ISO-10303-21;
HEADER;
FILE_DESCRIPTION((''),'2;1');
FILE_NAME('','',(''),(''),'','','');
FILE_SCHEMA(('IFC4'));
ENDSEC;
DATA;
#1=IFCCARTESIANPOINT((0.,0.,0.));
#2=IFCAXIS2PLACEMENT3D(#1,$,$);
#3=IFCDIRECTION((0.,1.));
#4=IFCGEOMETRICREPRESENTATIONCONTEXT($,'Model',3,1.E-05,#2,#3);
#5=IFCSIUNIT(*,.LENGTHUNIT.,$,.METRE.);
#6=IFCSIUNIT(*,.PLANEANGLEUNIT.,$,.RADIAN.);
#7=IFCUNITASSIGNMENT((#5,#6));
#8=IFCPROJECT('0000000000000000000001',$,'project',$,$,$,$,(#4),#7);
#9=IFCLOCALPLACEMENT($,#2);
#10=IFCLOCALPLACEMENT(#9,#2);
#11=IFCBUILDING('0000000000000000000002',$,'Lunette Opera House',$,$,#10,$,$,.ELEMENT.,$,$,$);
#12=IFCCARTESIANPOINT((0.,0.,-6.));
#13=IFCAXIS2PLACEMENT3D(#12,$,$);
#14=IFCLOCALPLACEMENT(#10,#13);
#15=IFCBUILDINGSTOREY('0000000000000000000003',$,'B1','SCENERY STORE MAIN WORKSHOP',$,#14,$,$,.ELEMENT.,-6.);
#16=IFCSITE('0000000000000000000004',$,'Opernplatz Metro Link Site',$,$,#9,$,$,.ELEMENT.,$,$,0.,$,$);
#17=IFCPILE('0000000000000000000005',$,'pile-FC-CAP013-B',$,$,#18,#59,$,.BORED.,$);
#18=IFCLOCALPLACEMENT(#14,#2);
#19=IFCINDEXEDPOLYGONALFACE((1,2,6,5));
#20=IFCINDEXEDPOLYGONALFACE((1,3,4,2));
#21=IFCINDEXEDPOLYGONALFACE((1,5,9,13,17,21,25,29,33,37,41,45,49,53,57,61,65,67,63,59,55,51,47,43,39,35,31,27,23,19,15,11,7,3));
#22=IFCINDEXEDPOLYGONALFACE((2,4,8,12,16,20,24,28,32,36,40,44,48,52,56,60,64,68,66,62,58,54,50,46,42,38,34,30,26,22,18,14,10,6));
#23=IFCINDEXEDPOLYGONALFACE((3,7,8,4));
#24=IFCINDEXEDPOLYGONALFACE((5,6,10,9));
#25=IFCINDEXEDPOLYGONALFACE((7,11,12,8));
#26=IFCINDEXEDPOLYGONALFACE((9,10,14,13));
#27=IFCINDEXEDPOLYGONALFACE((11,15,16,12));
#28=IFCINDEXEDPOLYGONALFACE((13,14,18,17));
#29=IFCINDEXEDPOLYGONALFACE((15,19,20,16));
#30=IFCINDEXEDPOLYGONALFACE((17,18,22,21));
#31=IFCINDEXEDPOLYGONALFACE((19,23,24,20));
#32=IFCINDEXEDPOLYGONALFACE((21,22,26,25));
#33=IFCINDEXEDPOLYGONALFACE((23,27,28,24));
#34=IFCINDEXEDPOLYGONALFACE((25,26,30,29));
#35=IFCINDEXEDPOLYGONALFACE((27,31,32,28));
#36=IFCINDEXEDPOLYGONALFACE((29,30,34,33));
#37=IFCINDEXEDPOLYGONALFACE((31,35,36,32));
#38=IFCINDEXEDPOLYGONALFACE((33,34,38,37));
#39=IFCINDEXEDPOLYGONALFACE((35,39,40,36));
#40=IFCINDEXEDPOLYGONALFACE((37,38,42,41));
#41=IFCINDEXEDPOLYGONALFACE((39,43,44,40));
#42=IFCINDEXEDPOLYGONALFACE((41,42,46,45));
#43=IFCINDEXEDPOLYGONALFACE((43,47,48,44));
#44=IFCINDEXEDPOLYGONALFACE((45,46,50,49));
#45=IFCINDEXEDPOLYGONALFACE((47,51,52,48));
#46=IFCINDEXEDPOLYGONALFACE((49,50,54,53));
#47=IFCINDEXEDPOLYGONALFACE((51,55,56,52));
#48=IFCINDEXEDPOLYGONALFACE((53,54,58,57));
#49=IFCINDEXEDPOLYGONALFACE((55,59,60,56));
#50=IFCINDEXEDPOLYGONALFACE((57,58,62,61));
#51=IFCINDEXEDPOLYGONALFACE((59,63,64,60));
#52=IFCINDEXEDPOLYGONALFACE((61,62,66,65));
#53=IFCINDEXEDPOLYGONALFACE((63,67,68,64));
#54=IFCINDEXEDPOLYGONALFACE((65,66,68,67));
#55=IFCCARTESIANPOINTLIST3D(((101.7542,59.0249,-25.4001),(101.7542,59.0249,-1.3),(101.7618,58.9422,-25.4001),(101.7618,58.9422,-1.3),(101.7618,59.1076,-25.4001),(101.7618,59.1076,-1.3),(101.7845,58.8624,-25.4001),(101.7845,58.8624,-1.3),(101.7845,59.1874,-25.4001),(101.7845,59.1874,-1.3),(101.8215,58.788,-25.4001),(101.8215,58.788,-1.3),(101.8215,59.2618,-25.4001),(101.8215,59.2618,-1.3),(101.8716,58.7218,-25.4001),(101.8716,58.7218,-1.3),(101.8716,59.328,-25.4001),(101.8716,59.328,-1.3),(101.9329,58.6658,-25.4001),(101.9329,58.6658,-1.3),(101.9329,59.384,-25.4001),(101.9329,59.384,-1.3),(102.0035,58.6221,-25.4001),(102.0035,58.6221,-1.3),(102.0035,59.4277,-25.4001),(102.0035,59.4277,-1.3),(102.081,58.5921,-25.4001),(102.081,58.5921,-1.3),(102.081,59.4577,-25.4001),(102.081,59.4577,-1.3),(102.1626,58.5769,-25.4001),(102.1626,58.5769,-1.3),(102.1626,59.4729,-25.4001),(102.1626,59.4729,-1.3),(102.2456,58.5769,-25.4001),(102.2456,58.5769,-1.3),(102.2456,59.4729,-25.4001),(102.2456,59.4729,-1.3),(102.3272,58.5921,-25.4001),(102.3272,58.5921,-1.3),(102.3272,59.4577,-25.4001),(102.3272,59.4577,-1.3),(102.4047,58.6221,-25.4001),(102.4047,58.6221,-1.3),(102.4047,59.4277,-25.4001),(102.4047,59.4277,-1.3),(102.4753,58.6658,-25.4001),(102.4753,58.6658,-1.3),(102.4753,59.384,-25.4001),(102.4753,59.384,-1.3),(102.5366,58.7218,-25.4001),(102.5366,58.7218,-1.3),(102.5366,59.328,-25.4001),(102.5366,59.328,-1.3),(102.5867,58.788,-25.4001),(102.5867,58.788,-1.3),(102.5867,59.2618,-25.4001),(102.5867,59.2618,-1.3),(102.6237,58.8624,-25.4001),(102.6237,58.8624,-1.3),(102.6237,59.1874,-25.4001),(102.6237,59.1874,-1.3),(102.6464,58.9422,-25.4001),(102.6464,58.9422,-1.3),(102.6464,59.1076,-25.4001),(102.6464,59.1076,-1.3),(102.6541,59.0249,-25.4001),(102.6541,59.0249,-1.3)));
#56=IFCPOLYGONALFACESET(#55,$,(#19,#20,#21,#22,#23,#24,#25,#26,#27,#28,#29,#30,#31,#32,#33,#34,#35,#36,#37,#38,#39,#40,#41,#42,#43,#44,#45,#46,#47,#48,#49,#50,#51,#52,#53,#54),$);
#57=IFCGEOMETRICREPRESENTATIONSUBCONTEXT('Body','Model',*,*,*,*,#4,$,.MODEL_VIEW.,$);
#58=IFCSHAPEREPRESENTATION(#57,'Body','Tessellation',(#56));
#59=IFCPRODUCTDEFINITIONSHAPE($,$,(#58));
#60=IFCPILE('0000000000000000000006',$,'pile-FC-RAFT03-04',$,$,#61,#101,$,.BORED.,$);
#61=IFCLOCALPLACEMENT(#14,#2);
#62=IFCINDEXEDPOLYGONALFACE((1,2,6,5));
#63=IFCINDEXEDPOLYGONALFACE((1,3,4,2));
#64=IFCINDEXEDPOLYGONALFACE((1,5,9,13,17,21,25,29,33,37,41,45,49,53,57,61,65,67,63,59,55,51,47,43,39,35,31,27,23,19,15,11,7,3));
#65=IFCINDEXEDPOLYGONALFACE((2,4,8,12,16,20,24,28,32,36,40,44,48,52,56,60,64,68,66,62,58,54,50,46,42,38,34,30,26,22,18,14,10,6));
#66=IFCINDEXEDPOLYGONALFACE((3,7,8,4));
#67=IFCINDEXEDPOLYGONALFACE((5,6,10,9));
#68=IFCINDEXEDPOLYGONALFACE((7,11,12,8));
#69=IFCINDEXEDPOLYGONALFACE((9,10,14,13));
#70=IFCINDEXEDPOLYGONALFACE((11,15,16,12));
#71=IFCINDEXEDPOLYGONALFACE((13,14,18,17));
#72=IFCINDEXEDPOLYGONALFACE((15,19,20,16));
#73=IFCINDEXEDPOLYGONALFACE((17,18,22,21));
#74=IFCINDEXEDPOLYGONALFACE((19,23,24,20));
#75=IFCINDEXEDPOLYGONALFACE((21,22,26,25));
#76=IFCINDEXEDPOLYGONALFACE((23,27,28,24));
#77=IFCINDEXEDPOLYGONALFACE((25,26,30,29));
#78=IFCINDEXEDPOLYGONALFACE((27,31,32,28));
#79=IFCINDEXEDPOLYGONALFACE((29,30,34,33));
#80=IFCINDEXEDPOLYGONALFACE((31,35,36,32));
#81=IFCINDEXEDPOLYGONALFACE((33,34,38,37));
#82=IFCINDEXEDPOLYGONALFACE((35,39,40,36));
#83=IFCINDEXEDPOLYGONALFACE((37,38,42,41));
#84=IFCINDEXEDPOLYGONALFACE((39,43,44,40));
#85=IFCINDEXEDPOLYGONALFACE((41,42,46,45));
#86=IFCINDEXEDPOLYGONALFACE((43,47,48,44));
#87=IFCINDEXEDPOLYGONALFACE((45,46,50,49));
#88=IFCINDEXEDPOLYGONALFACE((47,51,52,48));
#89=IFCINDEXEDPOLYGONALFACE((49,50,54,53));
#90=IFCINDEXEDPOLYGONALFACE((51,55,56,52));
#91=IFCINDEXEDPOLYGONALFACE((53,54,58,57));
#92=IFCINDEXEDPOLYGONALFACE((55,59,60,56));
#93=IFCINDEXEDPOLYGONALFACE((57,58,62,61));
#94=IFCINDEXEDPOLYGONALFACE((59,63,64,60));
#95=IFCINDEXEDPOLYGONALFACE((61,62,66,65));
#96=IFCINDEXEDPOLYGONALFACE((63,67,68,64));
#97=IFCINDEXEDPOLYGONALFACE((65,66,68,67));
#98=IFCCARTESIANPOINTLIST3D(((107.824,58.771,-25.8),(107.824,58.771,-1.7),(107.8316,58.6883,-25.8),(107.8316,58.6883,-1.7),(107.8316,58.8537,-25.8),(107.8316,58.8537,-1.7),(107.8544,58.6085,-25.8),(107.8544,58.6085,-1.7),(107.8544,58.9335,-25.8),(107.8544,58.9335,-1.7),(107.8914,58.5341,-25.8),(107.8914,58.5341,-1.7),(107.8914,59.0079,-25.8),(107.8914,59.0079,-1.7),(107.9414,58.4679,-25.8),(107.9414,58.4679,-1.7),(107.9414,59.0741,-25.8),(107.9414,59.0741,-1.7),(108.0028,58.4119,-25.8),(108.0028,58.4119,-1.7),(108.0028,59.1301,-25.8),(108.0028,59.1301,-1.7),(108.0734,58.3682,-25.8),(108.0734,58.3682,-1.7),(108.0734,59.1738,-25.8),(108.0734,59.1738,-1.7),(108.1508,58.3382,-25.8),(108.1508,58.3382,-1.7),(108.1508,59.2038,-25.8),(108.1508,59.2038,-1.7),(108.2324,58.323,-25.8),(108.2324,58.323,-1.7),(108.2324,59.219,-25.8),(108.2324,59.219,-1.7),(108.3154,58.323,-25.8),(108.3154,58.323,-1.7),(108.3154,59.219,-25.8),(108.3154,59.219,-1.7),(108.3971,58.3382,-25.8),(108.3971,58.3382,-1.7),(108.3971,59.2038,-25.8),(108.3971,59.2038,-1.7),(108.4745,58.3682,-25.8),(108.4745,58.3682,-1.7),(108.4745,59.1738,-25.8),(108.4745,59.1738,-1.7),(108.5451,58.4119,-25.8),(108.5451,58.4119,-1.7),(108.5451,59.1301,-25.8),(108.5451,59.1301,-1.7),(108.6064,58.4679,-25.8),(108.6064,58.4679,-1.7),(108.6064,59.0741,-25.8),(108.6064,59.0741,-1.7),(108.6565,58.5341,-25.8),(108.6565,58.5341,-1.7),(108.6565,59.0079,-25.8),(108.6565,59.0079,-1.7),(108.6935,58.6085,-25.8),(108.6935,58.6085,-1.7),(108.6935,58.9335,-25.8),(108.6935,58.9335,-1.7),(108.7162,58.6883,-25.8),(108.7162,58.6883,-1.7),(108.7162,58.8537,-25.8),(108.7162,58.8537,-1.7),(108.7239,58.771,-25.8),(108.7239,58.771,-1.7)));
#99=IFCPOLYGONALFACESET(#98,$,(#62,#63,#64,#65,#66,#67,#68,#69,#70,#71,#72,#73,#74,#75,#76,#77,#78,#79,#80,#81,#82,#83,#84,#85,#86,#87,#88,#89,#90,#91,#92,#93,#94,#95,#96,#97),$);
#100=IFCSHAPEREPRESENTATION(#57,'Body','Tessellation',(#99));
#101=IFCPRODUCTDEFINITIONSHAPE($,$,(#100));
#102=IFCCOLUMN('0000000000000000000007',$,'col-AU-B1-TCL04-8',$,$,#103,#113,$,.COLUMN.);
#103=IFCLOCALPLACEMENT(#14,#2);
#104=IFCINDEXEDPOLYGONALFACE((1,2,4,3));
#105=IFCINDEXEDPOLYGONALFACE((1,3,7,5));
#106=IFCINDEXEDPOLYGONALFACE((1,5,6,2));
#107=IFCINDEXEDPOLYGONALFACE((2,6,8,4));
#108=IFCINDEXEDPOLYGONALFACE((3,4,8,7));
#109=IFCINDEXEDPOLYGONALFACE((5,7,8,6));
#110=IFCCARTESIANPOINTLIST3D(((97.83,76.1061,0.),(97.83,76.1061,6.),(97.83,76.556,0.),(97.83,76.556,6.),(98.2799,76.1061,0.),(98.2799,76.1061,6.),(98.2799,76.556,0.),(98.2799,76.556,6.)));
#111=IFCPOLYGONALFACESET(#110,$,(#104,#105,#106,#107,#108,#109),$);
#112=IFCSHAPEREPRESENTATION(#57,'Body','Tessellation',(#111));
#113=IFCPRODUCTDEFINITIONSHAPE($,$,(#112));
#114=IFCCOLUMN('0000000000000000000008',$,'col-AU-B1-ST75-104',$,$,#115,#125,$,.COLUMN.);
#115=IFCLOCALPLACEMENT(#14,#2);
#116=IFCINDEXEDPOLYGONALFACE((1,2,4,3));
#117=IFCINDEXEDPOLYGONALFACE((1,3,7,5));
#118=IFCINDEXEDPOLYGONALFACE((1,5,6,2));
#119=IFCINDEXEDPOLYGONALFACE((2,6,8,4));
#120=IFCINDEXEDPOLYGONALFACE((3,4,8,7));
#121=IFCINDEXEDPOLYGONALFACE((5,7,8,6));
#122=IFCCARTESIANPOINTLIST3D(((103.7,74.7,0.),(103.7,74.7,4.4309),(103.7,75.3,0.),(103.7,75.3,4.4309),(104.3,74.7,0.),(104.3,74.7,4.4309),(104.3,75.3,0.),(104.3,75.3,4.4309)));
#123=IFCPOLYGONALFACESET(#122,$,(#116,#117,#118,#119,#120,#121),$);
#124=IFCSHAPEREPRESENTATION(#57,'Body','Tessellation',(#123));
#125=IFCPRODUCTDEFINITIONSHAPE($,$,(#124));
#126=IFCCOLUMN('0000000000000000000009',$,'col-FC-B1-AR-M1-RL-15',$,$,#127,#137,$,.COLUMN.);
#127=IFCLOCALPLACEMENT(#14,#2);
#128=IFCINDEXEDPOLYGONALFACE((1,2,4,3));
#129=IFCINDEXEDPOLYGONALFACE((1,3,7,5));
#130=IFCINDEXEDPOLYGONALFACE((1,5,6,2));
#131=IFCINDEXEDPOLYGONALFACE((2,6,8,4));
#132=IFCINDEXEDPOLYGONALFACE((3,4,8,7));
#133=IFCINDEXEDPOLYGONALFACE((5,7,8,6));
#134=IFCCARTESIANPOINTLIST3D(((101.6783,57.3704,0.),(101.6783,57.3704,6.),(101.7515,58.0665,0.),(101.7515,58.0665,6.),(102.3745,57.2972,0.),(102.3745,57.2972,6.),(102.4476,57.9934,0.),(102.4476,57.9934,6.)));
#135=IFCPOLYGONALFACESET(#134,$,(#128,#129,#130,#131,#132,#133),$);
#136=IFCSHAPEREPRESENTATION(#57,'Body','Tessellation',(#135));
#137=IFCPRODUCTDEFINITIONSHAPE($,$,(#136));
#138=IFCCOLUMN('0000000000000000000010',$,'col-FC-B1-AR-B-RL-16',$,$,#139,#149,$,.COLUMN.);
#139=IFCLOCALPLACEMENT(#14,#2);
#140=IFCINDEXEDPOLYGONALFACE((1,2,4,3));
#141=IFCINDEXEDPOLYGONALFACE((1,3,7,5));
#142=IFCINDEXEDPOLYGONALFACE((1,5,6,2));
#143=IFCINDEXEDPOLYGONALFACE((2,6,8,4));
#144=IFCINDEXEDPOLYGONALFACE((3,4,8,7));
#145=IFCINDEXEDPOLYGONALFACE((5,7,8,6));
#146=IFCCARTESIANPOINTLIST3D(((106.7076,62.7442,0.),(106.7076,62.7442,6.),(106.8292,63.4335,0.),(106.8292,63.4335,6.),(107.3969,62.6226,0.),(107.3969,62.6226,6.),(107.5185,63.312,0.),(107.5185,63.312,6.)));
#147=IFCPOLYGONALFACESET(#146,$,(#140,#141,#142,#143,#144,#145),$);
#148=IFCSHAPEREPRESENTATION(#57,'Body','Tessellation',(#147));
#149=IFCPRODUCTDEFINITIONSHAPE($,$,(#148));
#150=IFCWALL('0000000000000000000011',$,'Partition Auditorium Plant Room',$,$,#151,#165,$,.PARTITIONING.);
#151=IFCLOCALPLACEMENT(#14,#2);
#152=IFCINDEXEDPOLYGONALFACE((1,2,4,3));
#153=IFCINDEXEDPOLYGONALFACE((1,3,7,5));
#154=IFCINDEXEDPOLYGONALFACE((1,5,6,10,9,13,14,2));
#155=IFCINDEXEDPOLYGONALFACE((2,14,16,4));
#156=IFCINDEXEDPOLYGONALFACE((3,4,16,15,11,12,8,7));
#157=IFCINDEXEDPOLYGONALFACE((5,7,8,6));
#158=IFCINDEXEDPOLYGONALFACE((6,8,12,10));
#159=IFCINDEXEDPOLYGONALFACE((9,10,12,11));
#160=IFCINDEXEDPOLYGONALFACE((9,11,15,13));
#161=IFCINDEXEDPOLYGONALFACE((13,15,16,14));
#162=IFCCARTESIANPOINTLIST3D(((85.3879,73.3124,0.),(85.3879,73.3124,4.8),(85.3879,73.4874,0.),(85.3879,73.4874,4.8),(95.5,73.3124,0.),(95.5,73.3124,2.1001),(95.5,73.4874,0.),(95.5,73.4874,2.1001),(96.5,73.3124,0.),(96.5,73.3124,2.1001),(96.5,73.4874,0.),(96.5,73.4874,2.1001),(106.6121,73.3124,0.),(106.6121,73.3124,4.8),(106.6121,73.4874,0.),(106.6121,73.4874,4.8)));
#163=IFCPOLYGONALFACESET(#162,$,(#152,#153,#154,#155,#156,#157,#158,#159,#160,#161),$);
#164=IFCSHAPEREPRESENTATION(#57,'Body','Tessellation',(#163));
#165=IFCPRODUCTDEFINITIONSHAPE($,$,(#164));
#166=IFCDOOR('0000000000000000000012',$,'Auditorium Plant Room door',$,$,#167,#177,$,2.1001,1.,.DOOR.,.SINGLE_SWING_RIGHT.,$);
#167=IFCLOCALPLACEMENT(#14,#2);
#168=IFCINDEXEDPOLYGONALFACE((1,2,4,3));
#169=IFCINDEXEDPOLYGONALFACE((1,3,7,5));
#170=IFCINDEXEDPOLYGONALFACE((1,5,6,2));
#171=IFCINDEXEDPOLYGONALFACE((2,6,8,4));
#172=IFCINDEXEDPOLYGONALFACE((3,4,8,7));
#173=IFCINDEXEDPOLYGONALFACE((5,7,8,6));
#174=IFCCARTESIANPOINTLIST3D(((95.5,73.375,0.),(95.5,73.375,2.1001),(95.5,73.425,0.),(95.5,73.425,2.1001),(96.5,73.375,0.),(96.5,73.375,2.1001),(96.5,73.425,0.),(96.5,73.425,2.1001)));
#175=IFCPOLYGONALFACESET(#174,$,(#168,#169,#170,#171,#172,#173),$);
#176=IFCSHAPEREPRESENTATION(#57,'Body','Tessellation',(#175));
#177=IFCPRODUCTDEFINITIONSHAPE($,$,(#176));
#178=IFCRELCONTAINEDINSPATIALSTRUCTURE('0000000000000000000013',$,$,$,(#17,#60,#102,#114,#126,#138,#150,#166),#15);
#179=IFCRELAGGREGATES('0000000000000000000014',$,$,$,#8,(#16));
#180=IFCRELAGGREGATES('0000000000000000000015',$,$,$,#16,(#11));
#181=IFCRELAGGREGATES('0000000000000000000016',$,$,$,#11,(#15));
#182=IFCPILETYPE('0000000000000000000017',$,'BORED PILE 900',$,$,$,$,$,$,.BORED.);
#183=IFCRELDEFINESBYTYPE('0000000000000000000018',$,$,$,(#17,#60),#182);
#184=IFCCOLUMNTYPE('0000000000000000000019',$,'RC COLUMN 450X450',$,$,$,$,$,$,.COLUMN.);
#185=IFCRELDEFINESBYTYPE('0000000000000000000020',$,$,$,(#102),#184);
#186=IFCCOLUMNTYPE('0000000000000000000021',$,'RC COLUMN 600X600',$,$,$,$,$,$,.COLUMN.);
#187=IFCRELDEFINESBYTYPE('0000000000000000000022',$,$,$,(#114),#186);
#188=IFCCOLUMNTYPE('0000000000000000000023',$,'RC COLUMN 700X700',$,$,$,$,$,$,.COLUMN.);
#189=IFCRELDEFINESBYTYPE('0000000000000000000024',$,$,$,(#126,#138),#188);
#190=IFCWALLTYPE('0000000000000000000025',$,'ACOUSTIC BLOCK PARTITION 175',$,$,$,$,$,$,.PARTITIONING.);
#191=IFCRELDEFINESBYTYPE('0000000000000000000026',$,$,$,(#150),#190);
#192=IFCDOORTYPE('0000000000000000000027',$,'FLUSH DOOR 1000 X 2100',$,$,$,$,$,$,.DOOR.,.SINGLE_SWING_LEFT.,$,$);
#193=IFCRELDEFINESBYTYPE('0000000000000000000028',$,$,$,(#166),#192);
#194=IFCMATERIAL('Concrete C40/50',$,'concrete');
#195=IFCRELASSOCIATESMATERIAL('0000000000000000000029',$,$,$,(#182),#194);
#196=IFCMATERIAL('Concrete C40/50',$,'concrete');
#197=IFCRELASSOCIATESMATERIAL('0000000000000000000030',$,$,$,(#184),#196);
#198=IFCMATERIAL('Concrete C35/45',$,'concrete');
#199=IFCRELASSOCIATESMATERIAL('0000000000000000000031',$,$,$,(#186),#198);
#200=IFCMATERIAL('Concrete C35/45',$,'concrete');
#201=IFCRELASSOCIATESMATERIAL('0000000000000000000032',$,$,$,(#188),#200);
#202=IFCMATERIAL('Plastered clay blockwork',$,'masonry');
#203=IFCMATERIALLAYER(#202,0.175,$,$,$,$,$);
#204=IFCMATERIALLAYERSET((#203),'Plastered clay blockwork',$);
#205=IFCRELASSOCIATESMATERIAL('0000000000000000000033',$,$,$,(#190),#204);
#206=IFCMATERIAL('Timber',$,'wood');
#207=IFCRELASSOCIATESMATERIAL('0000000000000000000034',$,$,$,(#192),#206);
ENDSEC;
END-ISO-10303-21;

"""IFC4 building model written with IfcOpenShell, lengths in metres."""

from ifc_helpers import new_model, si_unit, direction, frame, frame_2d, origin, origin_2d, place, context, subcontext, project, spatial, rectangle, circle, extrude, material, layer, layer_set, material_profile, profile_set, type_object, element, fill, save


model = new_model("IFC4")

# Units and contexts
model_context = context("Model", 3, precision=1e-05, world=origin(), true_north=direction((0.0, 1.0)))
body_context = subcontext(model_context, "Body", "Model", "MODEL_VIEW")
ifc_project = project(units=[si_unit("LENGTHUNIT", "METRE"), si_unit("PLANEANGLEUNIT", "RADIAN")], contexts=[model_context])

# Site, building, storey
site_placement = place(None, origin())
site = spatial("IfcSite", under=ifc_project, at=site_placement, Name="Opernplatz Metro Link Site", CompositionType="ELEMENT", RefElevation=0.0)
building_placement = place(site_placement, origin())
building = spatial("IfcBuilding", under=site, at=building_placement, Name="Lunette Opera House", CompositionType="ELEMENT")
storey_placement = place(building_placement, frame((0.0, 0.0, -6.0)))
storey = spatial("IfcBuildingStorey", under=building, at=storey_placement, Name="B1", Description="SCENERY STORE MAIN WORKSHOP", CompositionType="ELEMENT", Elevation=-6.0)

# Piles
ifc_material_1 = material(Name="Concrete C40/50", Category="concrete")
ifc_material_profile_1 = material_profile(ifc_material_1, circle(Radius=0.45, at=origin_2d()), Name="BORED PILE 900")
ifc_profile_set_1 = profile_set([ifc_material_profile_1], Name="Concrete C40/50")
pile_type_1 = type_object("IfcPileType", Name="BORED PILE 900", PredefinedType="BORED", material=ifc_profile_set_1)
for number, where, z_axis, x_axis, name in (
    (1, (102.2041, 59.0249, -1.3), (0.0, 0.0, -1.0), (1.0, 0.0, 0.0), "pile-FC-CAP013-B"),
    (2, (108.2739, 58.771, -1.7), (0.0, 0.0, -1.0), (1.0, 0.0, 0.0), "pile-FC-RAFT03-04"),
):
    element("IfcPile", number, at=place(storey_placement, frame(where, z_axis=z_axis, x_axis=x_axis)), inside=storey, type_object=pile_type_1, Name=name, PredefinedType="BORED", context=body_context, shape_type="SweptSolid", body=[
        extrude(circle(Radius=0.45, at=origin_2d()), origin(), (0.0, 0.0, 1.0), 24.1001),
    ])

# Columns
ifc_material_2 = material(Name="Concrete C40/50", Category="concrete")
ifc_material_profile_2 = material_profile(ifc_material_2, rectangle(XDim=0.45, YDim=0.45, at=origin_2d()), Name="RC COLUMN 450X450")
ifc_profile_set_2 = profile_set([ifc_material_profile_2], Name="Concrete C40/50")
column_type_1 = type_object("IfcColumnType", Name="RC COLUMN 450X450", PredefinedType="COLUMN", material=ifc_profile_set_2)
column_1_placement = place(storey_placement, frame((98.0549, 76.3311, 0.0), z_axis=(0.0, 0.0, 1.0), x_axis=(1.0, 0.0, 0.0)))
element("IfcColumn", 3, at=column_1_placement, inside=storey, type_object=column_type_1, Name="col-AU-B1-TCL04-8", PredefinedType="COLUMN", context=body_context, shape_type="SweptSolid", body=[
    extrude(rectangle(XDim=0.45, YDim=0.45, at=origin_2d()), origin(), (0.0, 0.0, 1.0), 6.0),
])
ifc_material_3 = material(Name="Concrete C35/45", Category="concrete")
ifc_material_profile_3 = material_profile(ifc_material_3, rectangle(XDim=0.6001, YDim=0.6001, at=origin_2d()), Name="RC COLUMN 600X600")
ifc_profile_set_3 = profile_set([ifc_material_profile_3], Name="Concrete C35/45")
column_type_2 = type_object("IfcColumnType", Name="RC COLUMN 600X600", PredefinedType="COLUMN", material=ifc_profile_set_3)
column_2_placement = place(storey_placement, frame((104.0, 75.0, 0.0), z_axis=(0.0, 0.0, 1.0), x_axis=(1.0, 0.0, 0.0)))
element("IfcColumn", 4, at=column_2_placement, inside=storey, type_object=column_type_2, Name="col-AU-B1-ST75-104", PredefinedType="COLUMN", context=body_context, shape_type="SweptSolid", body=[
    extrude(rectangle(XDim=0.6001, YDim=0.6001, at=origin_2d()), origin(), (0.0, 0.0, 1.0), 4.4309),
])
ifc_material_4 = material(Name="Concrete C35/45", Category="concrete")
ifc_material_profile_4 = material_profile(ifc_material_4, rectangle(XDim=0.7, YDim=0.7, at=origin_2d()), Name="RC COLUMN 700X700")
ifc_profile_set_4 = profile_set([ifc_material_profile_4], Name="Concrete C35/45")
column_type_3 = type_object("IfcColumnType", Name="RC COLUMN 700X700", PredefinedType="COLUMN", material=ifc_profile_set_4)
for number, where, z_axis, x_axis, name in (
    (5, (102.063, 57.6819, 0.0), (0.0, 0.0, 1.0), (0.994522, -0.104528, 0.0), "col-FC-B1-AR-M1-RL-15"),
    (6, (107.113, 63.0281, 0.0), (0.0, 0.0, 1.0), (0.984808, -0.173648, 0.0), "col-FC-B1-AR-B-RL-16"),
):
    element("IfcColumn", number, at=place(storey_placement, frame(where, z_axis=z_axis, x_axis=x_axis)), inside=storey, type_object=column_type_3, Name=name, PredefinedType="COLUMN", context=body_context, shape_type="SweptSolid", body=[
        extrude(rectangle(XDim=0.7, YDim=0.7, at=origin_2d()), origin(), (0.0, 0.0, 1.0), 6.0),
    ])

# Wall, opening, door
ifc_material_5 = material(Name="Plastered clay blockwork", Category="masonry")
ifc_layer_1 = layer(ifc_material_5, 0.175)
ifc_layer_set_1 = layer_set([ifc_layer_1], Name="Plastered clay blockwork")
wall_type_1 = type_object("IfcWallType", Name="ACOUSTIC BLOCK PARTITION 175", PredefinedType="PARTITIONING", material=ifc_layer_set_1)
wall_1_placement = place(storey_placement, frame((106.6121, 73.3999, 0.0), z_axis=(0.0, 0.0, 1.0), x_axis=(-1.0, 0.0, 0.0)))
wall_1 = element("IfcWall", 7, at=wall_1_placement, inside=storey, type_object=wall_type_1, Name="Partition Auditorium Plant Room", PredefinedType="PARTITIONING", context=body_context, shape_type="SweptSolid", body=[
    extrude(rectangle(XDim=21.2241, YDim=0.175, at=frame_2d((10.6121, 0.0))), origin(), (0.0, 0.0, 1.0), 4.8),
])
opening_placement = place(wall_1_placement, frame((10.1121, 0.0, 0.0)))
opening = element("IfcOpeningElement", 8, at=opening_placement, cuts=wall_1, PredefinedType="OPENING", context=body_context, shape_type="SweptSolid", body=[
    extrude(rectangle(XDim=1.0, YDim=2.1001, at=frame_2d((0.5, 1.05))), frame((0.0, 0.0996, 0.0), z_axis=(0.0, -1.0, 0.0), x_axis=(1.0, 0.0, 0.0)), (0.0, 0.0, 1.0), 0.199),
])
ifc_material_6 = material(Name="Timber", Category="wood")
door_type = type_object("IfcDoorType", Name="FLUSH DOOR 1000 X 2100", OperationType="SINGLE_SWING_LEFT", PredefinedType="DOOR", material=ifc_material_6)
door_placement = place(opening_placement, origin())
door = element("IfcDoor", 9, at=door_placement, inside=storey, type_object=door_type, Name="Auditorium Plant Room door", OperationType="SINGLE_SWING_RIGHT", OverallHeight=2.1001, OverallWidth=1.0, PredefinedType="DOOR", context=body_context, shape_type="SweptSolid", body=[
    extrude(rectangle(XDim=1.0, YDim=2.1001, at=frame_2d((0.5, 1.05))), frame((0.0, 0.0249, 0.0), z_axis=(0.0, -1.0, 0.0), x_axis=(1.0, 0.0, 0.0)), (0.0, 0.0, 1.0), 0.05),
])
fill(opening, door)

save(model, "model.ifc")
